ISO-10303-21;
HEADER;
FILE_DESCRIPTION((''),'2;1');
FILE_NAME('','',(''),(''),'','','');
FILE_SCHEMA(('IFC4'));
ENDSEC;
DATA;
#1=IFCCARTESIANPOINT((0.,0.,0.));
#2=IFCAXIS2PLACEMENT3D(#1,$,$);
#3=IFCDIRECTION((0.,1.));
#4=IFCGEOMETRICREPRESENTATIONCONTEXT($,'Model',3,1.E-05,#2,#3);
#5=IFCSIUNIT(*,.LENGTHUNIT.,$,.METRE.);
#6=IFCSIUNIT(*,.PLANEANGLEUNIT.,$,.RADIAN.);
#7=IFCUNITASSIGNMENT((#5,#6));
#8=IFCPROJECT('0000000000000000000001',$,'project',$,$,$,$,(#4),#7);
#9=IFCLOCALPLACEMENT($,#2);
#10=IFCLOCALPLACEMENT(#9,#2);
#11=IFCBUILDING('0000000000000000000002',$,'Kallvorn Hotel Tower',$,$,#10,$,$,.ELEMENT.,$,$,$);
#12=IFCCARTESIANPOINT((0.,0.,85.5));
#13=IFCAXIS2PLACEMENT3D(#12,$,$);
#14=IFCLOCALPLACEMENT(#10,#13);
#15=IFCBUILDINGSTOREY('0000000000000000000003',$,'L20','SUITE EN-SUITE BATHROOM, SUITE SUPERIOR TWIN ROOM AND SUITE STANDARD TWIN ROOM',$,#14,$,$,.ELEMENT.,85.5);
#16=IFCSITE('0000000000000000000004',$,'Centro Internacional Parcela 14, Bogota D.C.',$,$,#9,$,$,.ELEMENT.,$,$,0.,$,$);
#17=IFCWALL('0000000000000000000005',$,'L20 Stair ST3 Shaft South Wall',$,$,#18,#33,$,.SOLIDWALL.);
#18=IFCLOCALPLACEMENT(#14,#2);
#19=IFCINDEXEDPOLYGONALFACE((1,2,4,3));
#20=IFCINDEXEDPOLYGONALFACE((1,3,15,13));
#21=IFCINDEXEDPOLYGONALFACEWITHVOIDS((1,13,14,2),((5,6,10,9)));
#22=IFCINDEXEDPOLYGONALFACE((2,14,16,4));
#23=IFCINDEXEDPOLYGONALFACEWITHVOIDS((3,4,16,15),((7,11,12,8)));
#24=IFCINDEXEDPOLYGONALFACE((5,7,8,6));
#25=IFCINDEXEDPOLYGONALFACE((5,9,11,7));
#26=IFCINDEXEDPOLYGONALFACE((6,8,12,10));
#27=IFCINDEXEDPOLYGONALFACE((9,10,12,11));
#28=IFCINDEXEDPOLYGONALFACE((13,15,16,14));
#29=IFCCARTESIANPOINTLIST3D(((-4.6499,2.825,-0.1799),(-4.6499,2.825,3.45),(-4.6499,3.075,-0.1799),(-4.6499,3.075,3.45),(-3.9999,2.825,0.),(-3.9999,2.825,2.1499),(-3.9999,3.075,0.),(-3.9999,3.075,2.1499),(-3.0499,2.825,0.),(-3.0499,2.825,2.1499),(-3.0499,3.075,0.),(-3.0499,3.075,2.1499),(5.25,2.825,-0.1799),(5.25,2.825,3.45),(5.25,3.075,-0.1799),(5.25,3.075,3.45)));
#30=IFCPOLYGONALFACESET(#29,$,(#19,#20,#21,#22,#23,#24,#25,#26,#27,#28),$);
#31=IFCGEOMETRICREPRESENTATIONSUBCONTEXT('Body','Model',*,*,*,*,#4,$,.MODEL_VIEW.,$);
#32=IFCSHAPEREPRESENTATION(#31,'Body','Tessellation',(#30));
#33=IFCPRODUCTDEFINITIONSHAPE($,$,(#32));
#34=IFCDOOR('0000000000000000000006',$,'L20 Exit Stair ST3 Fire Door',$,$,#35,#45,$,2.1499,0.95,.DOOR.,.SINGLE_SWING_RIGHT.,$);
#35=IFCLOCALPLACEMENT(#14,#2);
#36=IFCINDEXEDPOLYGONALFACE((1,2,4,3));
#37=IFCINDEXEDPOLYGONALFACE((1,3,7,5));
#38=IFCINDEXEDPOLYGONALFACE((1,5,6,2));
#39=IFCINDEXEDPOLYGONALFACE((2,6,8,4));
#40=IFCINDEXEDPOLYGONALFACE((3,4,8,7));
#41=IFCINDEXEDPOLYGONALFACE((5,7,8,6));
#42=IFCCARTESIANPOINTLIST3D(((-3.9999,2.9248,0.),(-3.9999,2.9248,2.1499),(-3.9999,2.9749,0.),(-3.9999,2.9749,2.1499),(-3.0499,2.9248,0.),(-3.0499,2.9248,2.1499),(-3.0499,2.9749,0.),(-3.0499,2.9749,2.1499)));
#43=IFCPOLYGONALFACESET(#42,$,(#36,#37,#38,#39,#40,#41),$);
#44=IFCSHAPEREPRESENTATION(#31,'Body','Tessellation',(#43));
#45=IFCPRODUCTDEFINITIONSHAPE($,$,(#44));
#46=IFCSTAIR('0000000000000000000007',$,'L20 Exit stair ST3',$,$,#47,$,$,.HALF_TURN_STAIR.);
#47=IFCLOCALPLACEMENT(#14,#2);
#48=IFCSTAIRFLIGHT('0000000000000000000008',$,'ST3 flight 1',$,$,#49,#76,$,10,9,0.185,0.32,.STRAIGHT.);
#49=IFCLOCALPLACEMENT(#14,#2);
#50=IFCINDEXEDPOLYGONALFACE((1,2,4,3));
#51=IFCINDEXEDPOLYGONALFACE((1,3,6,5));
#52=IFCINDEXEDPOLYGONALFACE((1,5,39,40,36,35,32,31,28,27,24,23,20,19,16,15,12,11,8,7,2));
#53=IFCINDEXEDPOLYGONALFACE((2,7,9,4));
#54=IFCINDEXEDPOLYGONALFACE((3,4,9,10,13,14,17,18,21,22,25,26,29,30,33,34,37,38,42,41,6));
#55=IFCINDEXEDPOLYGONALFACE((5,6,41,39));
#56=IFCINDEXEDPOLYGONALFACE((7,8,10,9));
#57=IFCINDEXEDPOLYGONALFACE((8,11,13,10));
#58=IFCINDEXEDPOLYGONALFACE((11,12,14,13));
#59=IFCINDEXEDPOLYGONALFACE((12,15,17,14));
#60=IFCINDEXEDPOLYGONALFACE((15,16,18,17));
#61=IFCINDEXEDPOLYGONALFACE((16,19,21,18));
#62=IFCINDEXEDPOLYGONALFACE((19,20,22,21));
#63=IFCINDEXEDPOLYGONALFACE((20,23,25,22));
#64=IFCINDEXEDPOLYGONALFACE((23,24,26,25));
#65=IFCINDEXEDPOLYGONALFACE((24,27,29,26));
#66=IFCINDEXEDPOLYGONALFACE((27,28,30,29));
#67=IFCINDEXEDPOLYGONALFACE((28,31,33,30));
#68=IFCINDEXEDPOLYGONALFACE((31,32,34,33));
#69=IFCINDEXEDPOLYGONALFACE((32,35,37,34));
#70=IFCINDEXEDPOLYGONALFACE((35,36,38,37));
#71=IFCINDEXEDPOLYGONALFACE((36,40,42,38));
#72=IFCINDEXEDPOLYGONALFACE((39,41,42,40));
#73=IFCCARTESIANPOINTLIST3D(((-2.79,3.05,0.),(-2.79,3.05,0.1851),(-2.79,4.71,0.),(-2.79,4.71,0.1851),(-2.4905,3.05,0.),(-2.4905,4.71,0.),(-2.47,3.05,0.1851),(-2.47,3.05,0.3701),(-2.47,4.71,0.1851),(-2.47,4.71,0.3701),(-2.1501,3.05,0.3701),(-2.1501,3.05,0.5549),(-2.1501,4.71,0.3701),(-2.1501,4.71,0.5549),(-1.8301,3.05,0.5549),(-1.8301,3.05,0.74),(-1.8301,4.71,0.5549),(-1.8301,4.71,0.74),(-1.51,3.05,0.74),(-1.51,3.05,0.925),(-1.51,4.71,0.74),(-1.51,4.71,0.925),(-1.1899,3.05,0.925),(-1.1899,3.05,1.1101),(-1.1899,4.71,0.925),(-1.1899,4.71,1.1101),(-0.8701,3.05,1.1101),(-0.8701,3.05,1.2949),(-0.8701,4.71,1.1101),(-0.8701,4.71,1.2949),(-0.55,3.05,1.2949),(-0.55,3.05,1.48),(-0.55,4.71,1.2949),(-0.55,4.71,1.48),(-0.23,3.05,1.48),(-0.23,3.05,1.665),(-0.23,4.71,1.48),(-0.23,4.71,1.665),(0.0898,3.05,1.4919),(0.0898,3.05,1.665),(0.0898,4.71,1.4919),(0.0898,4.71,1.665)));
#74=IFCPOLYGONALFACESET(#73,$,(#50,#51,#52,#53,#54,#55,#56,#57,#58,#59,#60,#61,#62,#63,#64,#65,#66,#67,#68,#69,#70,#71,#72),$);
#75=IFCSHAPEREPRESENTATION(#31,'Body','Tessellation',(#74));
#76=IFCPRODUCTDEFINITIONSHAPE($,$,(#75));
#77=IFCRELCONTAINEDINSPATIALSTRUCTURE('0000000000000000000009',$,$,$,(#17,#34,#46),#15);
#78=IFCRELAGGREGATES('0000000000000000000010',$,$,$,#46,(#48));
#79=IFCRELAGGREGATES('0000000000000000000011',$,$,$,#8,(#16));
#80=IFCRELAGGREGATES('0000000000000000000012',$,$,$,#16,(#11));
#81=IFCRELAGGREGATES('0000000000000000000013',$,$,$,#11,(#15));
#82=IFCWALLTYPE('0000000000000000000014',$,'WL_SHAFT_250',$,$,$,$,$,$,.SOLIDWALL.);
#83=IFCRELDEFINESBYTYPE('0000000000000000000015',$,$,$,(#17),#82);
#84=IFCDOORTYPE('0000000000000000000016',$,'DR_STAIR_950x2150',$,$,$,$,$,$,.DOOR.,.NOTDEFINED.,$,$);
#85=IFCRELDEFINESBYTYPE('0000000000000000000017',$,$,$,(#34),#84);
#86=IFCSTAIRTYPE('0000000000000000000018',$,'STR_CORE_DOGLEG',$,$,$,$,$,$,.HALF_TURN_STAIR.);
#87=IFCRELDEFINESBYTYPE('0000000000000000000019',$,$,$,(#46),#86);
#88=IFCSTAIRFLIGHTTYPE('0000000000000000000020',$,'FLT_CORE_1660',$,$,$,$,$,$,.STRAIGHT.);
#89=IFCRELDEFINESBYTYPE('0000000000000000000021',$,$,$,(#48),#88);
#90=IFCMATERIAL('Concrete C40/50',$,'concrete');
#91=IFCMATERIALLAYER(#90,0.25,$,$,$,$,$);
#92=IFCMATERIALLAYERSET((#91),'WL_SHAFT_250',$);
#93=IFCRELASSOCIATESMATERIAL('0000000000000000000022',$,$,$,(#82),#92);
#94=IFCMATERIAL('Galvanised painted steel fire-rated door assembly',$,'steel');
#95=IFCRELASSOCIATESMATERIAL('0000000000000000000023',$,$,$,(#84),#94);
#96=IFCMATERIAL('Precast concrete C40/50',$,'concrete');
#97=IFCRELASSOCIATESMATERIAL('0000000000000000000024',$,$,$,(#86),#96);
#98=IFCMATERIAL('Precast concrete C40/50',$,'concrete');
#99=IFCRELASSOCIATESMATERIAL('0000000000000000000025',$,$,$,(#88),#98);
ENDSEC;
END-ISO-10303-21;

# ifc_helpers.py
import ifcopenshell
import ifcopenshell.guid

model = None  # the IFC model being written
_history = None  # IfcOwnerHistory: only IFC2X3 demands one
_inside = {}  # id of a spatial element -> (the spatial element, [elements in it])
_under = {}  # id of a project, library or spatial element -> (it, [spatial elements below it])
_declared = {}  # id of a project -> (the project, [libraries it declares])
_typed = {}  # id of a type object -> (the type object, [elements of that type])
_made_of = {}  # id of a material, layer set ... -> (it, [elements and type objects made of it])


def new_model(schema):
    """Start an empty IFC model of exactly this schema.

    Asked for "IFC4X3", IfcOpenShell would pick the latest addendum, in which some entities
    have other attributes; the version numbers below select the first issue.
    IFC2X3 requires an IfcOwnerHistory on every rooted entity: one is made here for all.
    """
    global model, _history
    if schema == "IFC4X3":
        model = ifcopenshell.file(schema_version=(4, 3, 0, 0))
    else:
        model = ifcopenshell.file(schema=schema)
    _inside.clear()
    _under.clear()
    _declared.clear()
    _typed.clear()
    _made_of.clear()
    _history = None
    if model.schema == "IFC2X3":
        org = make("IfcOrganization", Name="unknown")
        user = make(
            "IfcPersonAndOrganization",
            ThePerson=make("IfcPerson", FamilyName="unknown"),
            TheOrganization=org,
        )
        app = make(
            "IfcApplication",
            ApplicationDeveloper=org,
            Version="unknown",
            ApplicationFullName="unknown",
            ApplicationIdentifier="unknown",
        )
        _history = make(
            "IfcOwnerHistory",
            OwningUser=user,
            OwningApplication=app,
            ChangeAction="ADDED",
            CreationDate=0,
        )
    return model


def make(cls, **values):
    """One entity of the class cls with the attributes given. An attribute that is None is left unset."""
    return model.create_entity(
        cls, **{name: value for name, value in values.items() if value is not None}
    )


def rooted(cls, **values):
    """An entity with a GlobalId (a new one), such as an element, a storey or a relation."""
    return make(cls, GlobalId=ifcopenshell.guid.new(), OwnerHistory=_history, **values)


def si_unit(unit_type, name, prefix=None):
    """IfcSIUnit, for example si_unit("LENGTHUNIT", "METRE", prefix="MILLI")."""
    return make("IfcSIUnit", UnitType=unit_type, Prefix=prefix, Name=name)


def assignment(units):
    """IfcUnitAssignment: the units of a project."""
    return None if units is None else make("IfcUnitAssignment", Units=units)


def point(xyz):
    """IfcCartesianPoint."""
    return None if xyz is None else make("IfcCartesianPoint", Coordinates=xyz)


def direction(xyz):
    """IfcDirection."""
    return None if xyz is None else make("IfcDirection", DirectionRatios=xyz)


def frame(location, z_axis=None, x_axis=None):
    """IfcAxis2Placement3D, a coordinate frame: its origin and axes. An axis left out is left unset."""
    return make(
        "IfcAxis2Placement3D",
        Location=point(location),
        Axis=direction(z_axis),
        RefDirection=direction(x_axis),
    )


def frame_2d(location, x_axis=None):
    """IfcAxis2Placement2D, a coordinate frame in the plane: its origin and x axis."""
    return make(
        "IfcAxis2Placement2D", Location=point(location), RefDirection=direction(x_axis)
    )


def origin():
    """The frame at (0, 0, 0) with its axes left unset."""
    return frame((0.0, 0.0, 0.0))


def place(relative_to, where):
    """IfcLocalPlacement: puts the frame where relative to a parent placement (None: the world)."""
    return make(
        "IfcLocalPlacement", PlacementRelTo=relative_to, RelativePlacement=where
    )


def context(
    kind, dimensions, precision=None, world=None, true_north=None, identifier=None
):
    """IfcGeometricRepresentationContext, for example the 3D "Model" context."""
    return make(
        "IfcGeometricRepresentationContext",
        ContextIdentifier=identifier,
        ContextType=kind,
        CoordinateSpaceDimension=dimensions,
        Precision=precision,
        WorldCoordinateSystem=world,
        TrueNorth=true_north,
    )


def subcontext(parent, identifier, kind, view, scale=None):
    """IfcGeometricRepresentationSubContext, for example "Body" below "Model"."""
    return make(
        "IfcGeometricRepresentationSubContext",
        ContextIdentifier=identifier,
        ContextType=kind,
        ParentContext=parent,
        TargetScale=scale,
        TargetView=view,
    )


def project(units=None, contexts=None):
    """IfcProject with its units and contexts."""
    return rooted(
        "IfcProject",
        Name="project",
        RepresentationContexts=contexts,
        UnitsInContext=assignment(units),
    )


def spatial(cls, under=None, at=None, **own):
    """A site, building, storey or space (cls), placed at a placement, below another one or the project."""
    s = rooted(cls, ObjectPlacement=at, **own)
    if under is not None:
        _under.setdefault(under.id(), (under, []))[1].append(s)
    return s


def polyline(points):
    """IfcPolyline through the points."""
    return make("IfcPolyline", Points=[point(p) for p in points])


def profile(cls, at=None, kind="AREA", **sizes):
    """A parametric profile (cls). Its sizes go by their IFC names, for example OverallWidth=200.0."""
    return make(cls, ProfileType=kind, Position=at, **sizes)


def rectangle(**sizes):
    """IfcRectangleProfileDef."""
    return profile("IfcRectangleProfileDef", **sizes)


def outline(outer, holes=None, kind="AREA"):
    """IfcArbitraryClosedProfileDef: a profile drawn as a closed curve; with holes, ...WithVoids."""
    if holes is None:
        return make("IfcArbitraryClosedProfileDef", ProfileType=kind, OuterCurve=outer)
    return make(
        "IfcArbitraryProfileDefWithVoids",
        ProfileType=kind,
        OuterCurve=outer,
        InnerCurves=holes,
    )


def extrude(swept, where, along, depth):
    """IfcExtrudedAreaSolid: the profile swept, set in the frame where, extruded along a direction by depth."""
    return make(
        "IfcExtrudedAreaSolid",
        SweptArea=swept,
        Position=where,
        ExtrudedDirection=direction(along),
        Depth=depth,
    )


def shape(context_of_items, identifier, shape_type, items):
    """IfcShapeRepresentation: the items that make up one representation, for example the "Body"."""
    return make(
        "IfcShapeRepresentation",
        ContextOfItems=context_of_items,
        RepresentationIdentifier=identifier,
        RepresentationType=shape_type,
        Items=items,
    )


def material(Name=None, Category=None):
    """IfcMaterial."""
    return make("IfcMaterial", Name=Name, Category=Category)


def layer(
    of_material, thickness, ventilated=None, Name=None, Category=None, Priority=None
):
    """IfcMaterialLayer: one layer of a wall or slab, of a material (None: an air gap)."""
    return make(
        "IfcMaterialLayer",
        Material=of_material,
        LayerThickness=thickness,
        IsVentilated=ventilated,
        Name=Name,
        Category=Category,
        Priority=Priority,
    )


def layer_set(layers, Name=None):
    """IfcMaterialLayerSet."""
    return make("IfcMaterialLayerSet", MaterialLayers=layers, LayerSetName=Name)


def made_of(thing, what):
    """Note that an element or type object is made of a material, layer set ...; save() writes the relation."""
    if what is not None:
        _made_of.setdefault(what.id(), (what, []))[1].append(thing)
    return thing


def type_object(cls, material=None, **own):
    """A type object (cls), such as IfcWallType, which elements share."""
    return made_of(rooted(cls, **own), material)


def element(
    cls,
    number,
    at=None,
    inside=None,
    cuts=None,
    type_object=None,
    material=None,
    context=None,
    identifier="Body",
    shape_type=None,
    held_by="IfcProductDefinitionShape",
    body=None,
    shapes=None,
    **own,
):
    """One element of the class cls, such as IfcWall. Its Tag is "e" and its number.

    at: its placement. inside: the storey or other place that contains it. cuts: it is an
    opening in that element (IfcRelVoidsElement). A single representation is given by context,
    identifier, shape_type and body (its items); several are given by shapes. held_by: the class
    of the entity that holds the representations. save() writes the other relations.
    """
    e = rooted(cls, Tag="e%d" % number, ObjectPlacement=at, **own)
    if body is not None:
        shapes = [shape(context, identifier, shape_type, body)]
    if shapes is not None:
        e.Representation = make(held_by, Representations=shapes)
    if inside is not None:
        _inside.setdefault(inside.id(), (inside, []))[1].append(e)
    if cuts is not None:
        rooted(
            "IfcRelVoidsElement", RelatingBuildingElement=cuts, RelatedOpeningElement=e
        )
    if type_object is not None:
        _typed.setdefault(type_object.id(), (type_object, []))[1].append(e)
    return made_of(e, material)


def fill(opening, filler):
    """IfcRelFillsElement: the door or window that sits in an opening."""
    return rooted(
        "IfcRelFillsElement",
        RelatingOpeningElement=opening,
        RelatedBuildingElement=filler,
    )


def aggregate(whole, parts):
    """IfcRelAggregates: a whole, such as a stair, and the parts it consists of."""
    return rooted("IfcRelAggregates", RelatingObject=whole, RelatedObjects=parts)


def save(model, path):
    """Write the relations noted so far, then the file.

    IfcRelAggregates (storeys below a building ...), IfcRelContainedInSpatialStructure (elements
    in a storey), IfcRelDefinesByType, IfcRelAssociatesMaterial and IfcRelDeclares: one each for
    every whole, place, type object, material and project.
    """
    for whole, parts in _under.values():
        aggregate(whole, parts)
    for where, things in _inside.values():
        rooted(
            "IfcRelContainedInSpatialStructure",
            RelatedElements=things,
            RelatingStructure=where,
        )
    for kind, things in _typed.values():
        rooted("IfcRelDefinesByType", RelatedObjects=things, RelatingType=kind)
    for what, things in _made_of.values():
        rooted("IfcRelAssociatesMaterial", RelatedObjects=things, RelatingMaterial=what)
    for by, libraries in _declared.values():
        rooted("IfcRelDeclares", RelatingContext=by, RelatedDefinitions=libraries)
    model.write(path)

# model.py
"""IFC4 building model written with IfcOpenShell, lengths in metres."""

from ifc_helpers import new_model, si_unit, direction, frame, frame_2d, origin, place, context, subcontext, project, spatial, polyline, rectangle, outline, extrude, material, layer, layer_set, type_object, element, fill, aggregate, save


model = new_model("IFC4")

# Units and contexts
model_context = context("Model", 3, precision=1e-05, world=origin(), true_north=direction((0.0, 1.0)))
body_context = subcontext(model_context, "Body", "Model", "MODEL_VIEW")
ifc_project = project(units=[si_unit("LENGTHUNIT", "METRE"), si_unit("PLANEANGLEUNIT", "RADIAN")], contexts=[model_context])

# Site, building, storey
site_placement = place(None, origin())
site = spatial("IfcSite", under=ifc_project, at=site_placement, Name="Centro Internacional Parcela 14, Bogota D.C.", CompositionType="ELEMENT", RefElevation=0.0)
building_placement = place(site_placement, origin())
building = spatial("IfcBuilding", under=site, at=building_placement, Name="Kallvorn Hotel Tower", CompositionType="ELEMENT")
storey_placement = place(building_placement, frame((0.0, 0.0, 85.5)))
storey = spatial("IfcBuildingStorey", under=building, at=storey_placement, Name="L20", Description="SUITE EN-SUITE BATHROOM, SUITE SUPERIOR TWIN ROOM AND SUITE STANDARD TWIN ROOM", CompositionType="ELEMENT", Elevation=85.5)

# Shared definitions
ifc_material_1 = material(Name="Concrete C40/50", Category="concrete")
ifc_layer_1 = layer(ifc_material_1, 0.25)
ifc_layer_set_1 = layer_set([ifc_layer_1], Name="WL_SHAFT_250")
wall_type_1 = type_object("IfcWallType", Name="WL_SHAFT_250", PredefinedType="SOLIDWALL", material=ifc_layer_set_1)

# Wall, opening, door
wall_1_placement = place(storey_placement, frame((-4.6499, 2.95, -0.1799), z_axis=(0.0, 0.0, 1.0), x_axis=(1.0, 0.0, 0.0)))
wall_1 = element("IfcWall", 1, at=wall_1_placement, inside=storey, type_object=wall_type_1, Name="L20 Stair ST3 Shaft South Wall", PredefinedType="SOLIDWALL", context=body_context, shape_type="SweptSolid", body=[
    extrude(rectangle(XDim=9.8999, YDim=0.25, at=frame_2d((4.95, 0.0))), origin(), (0.0, 0.0, 1.0), 3.6299),
])
opening_1_placement = place(wall_1_placement, frame((0.6499, 0.0, 0.1799)))
opening_1 = element("IfcOpeningElement", 2, at=opening_1_placement, cuts=wall_1, PredefinedType="OPENING", context=body_context, shape_type="SweptSolid", body=[
    extrude(rectangle(XDim=0.95, YDim=2.1499, at=frame_2d((0.4751, 1.075))), frame((0.0, 0.1399, 0.0), z_axis=(0.0, -1.0, 0.0), x_axis=(1.0, 0.0, 0.0)), (0.0, 0.0, 1.0), 0.28),
])
ifc_material_2 = material(Name="Galvanised painted steel fire-rated door assembly", Category="steel")
door_type_1 = type_object("IfcDoorType", Name="DR_STAIR_950x2150", OperationType="NOTDEFINED", PredefinedType="DOOR", material=ifc_material_2)
door_1_placement = place(opening_1_placement, origin())
door_1 = element("IfcDoor", 3, at=door_1_placement, inside=storey, type_object=door_type_1, Name="L20 Exit Stair ST3 Fire Door", OperationType="SINGLE_SWING_RIGHT", OverallHeight=2.1499, OverallWidth=0.95, PredefinedType="DOOR", context=body_context, shape_type="SweptSolid", body=[
    extrude(rectangle(XDim=0.95, YDim=2.1499, at=frame_2d((0.4751, 1.075))), frame((0.0, 0.0249, 0.0), z_axis=(0.0, -1.0, 0.0), x_axis=(1.0, 0.0, 0.0)), (0.0, 0.0, 1.0), 0.05),
])
fill(opening_1, door_1)

# Stair, stair flight
ifc_material_3 = material(Name="Precast concrete C40/50", Category="concrete")
stair_type = type_object("IfcStairType", Name="STR_CORE_DOGLEG", PredefinedType="HALF_TURN_STAIR", material=ifc_material_3)
stair_placement = place(storey_placement, origin())
stair = element("IfcStair", 4, at=stair_placement, inside=storey, type_object=stair_type, Name="L20 Exit stair ST3", PredefinedType="HALF_TURN_STAIR")
ifc_material_4 = material(Name="Precast concrete C40/50", Category="concrete")
stair_flight_type = type_object("IfcStairFlightType", Name="FLT_CORE_1660", PredefinedType="STRAIGHT", material=ifc_material_4)
stair_flight_placement = place(storey_placement, frame((-2.79, 3.8799, 0.0), z_axis=(0.0, 0.0, 1.0), x_axis=(1.0, 0.0, 0.0)))
stair_flight = element("IfcStairFlight", 5, at=stair_flight_placement, type_object=stair_flight_type, Name="ST3 flight 1", NumberOfRisers=10, NumberOfTreads=9, PredefinedType="STRAIGHT", RiserHeight=0.185, TreadLength=0.32, context=body_context, shape_type="SweptSolid", body=[
    extrude(outline(polyline([(0.0, 0.0), (0.0, 0.1851), (0.3201, 0.1851), (0.3201, 0.3701), (0.6399, 0.3701), (0.6399, 0.5549), (0.96, 0.5549), (0.96, 0.74), (1.28, 0.74), (1.28, 0.925), (1.6001, 0.925), (1.6001, 1.1101), (1.9199, 1.1101), (1.9199, 1.2949), (2.24, 1.2949), (2.24, 1.48), (2.5601, 1.48), (2.5601, 1.665), (2.8799, 1.665), (2.8799, 1.8501), (2.8799, 1.4919), (0.2996, 0.0), (0.0, 0.0)])), frame((0.0, 0.8301, 0.0), z_axis=(0.0, -1.0, 0.0), x_axis=(1.0, 0.0, 0.0)), (0.0, 0.0, 1.0), 1.6599),
])
aggregate(stair, [stair_flight])

save(model, "model.ifc")
